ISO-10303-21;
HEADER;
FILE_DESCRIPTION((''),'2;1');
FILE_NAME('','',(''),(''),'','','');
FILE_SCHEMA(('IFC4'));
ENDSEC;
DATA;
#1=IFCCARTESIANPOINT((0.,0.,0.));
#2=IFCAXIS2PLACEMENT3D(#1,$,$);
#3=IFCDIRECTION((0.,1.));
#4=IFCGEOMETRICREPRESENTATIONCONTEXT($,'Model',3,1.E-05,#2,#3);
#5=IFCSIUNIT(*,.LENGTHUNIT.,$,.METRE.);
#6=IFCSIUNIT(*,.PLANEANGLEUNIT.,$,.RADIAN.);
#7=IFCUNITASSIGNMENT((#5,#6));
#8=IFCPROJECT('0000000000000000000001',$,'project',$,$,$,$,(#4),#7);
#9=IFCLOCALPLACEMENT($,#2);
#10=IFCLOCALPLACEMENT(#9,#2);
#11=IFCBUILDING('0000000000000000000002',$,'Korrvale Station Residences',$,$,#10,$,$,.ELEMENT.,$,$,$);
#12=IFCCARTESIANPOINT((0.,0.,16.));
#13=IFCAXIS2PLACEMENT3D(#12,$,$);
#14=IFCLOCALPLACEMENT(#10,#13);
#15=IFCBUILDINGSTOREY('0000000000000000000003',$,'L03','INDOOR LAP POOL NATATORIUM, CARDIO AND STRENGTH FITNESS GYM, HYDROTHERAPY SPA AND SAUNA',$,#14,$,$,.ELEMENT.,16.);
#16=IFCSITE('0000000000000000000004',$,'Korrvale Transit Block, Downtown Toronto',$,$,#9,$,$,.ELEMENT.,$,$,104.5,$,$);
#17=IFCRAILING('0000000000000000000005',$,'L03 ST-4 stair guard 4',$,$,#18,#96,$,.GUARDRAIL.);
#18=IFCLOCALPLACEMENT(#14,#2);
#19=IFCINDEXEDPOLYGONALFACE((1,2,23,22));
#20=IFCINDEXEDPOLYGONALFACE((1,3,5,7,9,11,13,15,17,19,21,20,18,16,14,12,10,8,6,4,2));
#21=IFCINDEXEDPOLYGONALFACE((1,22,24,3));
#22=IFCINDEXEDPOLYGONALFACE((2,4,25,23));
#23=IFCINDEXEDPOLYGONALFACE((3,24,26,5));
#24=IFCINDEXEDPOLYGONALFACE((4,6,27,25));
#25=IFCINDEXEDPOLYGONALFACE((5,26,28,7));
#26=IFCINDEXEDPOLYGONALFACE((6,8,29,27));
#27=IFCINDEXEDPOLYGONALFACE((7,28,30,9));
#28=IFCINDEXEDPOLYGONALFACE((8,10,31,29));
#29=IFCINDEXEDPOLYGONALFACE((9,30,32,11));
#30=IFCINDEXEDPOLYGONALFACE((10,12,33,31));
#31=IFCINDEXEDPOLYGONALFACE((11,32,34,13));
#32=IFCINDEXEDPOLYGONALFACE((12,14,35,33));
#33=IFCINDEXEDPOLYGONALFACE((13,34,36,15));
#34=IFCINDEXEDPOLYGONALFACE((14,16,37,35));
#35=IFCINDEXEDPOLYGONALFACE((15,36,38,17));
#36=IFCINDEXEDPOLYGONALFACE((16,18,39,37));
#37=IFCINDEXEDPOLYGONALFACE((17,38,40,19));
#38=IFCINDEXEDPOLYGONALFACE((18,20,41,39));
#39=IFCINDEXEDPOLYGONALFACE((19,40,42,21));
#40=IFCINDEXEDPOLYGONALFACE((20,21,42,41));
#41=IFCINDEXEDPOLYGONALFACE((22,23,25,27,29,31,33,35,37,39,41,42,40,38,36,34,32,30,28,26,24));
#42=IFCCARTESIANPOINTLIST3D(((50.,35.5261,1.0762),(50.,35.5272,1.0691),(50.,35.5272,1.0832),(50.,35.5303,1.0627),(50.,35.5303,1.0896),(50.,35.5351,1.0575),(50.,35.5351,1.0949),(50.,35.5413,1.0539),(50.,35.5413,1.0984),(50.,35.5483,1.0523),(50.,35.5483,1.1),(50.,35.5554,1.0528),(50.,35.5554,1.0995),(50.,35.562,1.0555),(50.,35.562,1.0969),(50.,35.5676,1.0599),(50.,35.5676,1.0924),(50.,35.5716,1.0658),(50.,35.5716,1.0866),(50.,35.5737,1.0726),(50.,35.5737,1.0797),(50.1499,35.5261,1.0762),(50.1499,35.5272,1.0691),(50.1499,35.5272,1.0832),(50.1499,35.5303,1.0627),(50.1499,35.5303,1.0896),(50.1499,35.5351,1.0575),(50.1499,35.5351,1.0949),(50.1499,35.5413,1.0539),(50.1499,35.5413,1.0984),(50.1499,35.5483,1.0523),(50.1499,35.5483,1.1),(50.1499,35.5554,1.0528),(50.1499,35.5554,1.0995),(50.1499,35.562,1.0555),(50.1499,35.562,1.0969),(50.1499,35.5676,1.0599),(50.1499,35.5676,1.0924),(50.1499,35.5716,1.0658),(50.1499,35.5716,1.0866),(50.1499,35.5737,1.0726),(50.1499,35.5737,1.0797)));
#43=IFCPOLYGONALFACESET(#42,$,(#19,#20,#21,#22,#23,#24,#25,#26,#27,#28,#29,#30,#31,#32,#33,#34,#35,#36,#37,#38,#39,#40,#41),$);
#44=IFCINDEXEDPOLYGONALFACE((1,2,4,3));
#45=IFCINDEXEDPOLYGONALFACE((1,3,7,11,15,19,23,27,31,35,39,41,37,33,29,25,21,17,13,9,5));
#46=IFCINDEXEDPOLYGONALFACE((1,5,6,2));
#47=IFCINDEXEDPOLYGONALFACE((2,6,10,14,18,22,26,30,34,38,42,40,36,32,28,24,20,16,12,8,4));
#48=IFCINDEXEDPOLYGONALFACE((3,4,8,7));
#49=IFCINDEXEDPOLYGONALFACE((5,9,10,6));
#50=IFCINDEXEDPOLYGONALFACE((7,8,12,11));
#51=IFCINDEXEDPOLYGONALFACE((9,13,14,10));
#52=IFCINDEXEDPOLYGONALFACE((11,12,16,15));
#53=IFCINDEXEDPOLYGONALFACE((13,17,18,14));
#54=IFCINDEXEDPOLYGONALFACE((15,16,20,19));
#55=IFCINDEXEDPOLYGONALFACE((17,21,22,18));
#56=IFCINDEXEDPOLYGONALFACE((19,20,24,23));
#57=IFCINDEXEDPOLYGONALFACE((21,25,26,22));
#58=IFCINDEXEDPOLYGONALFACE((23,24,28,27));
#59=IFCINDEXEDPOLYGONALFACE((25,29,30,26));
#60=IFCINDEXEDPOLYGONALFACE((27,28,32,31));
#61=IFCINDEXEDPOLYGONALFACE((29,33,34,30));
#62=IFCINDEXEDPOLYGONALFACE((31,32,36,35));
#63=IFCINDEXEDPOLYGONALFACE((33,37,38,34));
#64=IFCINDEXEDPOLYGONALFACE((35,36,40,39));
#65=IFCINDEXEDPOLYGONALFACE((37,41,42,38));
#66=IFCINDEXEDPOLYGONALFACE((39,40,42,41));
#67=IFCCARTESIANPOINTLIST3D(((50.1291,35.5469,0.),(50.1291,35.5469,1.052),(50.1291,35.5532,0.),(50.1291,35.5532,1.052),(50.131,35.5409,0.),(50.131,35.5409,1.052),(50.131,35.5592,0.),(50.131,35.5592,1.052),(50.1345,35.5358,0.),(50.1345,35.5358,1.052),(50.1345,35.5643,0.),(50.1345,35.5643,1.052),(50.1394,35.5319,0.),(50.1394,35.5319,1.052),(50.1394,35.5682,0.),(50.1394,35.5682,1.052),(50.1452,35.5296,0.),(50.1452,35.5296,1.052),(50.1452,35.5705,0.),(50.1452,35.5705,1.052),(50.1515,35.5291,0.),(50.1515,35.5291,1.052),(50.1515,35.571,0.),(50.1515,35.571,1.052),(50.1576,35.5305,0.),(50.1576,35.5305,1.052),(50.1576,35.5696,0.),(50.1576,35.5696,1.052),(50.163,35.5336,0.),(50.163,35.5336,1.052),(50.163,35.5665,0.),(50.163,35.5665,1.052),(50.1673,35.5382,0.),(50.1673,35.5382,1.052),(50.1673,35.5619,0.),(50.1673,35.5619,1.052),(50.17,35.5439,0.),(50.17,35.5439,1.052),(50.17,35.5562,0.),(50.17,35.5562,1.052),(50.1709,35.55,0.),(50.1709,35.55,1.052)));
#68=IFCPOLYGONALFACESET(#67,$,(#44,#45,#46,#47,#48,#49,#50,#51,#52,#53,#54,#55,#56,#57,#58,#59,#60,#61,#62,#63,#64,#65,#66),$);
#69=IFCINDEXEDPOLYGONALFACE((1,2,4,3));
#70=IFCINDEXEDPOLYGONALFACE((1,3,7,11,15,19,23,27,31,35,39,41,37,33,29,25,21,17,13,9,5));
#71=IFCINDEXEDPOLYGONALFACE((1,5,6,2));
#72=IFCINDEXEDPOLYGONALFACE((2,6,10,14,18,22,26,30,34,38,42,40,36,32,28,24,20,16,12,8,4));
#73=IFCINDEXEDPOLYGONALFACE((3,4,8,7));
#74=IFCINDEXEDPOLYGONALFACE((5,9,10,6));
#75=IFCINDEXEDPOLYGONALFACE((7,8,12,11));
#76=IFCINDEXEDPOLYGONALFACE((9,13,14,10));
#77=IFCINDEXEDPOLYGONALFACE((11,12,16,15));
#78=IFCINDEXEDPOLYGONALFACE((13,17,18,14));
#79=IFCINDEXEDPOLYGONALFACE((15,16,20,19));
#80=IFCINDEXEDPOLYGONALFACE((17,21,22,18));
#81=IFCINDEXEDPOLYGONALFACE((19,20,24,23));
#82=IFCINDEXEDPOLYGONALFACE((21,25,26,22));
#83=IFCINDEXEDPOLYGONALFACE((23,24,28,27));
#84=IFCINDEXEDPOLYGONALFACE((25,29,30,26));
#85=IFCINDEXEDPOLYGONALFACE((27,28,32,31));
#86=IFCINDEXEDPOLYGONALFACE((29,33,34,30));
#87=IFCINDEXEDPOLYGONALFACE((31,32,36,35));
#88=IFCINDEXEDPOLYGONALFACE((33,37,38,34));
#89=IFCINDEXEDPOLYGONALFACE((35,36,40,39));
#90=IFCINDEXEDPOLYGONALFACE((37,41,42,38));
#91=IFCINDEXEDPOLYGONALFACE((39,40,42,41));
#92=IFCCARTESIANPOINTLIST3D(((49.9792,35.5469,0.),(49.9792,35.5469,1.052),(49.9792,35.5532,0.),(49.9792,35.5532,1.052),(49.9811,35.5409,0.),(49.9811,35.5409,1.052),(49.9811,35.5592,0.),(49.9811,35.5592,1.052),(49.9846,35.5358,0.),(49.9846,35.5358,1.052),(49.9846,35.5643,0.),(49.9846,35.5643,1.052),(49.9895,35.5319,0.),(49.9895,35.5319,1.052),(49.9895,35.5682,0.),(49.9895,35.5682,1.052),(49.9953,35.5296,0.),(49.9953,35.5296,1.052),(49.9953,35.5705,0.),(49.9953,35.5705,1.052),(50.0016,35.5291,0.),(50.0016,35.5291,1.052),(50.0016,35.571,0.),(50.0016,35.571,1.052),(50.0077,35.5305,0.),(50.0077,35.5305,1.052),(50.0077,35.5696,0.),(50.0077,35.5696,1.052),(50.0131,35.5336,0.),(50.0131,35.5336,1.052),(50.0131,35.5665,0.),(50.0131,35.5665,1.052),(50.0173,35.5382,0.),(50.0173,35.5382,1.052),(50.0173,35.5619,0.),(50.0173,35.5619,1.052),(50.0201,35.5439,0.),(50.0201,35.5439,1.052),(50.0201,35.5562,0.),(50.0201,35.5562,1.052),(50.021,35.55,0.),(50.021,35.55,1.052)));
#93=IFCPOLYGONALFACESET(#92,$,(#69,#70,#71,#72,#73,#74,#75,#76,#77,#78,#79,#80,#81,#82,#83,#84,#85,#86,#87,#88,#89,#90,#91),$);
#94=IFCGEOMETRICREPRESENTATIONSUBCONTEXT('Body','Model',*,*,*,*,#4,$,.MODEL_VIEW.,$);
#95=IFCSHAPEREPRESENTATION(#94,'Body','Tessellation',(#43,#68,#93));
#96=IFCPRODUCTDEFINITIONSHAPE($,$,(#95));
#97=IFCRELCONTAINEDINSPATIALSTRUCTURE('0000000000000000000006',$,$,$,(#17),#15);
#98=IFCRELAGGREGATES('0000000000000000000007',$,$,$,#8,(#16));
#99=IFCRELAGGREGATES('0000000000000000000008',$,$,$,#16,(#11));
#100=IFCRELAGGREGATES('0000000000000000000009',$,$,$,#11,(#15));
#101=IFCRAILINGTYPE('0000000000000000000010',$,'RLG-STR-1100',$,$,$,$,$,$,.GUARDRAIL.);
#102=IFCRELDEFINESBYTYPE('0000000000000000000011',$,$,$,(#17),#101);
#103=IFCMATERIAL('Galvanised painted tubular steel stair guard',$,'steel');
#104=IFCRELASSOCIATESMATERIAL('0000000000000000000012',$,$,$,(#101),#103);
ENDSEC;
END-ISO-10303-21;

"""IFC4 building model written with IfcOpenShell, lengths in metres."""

from ifc_helpers import new_model, si_unit, direction, frame, origin, origin_2d, place, context, subcontext, project, spatial, circle, extrude, material, type_object, element, save


model = new_model("IFC4")

# Units and contexts
model_context = context("Model", 3, precision=1e-05, world=origin(), true_north=direction((0.0, 1.0)))
body_context = subcontext(model_context, "Body", "Model", "MODEL_VIEW")
ifc_project = project(units=[si_unit("LENGTHUNIT", "METRE"), si_unit("PLANEANGLEUNIT", "RADIAN")], contexts=[model_context])

# Site, building, storey
site_placement = place(None, origin())
site = spatial("IfcSite", under=ifc_project, at=site_placement, Name="Korrvale Transit Block, Downtown Toronto", CompositionType="ELEMENT", RefElevation=104.5)
building_placement = place(site_placement, origin())
building = spatial("IfcBuilding", under=site, at=building_placement, Name="Korrvale Station Residences", CompositionType="ELEMENT")
storey_placement = place(building_placement, frame((0.0, 0.0, 16.0)))
storey = spatial("IfcBuildingStorey", under=building, at=storey_placement, Name="L03", Description="INDOOR LAP POOL NATATORIUM, CARDIO AND STRENGTH FITNESS GYM, HYDROTHERAPY SPA AND SAUNA", CompositionType="ELEMENT", Elevation=16.0)

# Railing
ifc_material_1 = material(Name="Galvanised painted tubular steel stair guard", Category="steel")
railing_type_1 = type_object("IfcRailingType", Name="RLG-STR-1100", PredefinedType="GUARDRAIL", material=ifc_material_1)
railing_1_placement = place(storey_placement, frame((50.1499, 35.55, 0.0)))
element("IfcRailing", 1, at=railing_1_placement, inside=storey, type_object=railing_type_1, Name="L03 ST-4 stair guard 4", PredefinedType="GUARDRAIL", context=body_context, shape_type="SweptSolid", body=[
    extrude(circle(Radius=0.0239, at=origin_2d()), frame((0.0, 0.0, 1.0762), z_axis=(-1.0, 0.0, 0.0), x_axis=(0.0, -1.0, 0.0)), (0.0, 0.0, 1.0), 0.1499),
    extrude(circle(Radius=0.021, at=origin_2d()), origin(), (0.0, 0.0, 1.0), 1.052),
    extrude(circle(Radius=0.021, at=origin_2d()), frame((-0.1499, 0.0, 0.0)), (0.0, 0.0, 1.0), 1.052),
])

save(model, "model.ifc")
